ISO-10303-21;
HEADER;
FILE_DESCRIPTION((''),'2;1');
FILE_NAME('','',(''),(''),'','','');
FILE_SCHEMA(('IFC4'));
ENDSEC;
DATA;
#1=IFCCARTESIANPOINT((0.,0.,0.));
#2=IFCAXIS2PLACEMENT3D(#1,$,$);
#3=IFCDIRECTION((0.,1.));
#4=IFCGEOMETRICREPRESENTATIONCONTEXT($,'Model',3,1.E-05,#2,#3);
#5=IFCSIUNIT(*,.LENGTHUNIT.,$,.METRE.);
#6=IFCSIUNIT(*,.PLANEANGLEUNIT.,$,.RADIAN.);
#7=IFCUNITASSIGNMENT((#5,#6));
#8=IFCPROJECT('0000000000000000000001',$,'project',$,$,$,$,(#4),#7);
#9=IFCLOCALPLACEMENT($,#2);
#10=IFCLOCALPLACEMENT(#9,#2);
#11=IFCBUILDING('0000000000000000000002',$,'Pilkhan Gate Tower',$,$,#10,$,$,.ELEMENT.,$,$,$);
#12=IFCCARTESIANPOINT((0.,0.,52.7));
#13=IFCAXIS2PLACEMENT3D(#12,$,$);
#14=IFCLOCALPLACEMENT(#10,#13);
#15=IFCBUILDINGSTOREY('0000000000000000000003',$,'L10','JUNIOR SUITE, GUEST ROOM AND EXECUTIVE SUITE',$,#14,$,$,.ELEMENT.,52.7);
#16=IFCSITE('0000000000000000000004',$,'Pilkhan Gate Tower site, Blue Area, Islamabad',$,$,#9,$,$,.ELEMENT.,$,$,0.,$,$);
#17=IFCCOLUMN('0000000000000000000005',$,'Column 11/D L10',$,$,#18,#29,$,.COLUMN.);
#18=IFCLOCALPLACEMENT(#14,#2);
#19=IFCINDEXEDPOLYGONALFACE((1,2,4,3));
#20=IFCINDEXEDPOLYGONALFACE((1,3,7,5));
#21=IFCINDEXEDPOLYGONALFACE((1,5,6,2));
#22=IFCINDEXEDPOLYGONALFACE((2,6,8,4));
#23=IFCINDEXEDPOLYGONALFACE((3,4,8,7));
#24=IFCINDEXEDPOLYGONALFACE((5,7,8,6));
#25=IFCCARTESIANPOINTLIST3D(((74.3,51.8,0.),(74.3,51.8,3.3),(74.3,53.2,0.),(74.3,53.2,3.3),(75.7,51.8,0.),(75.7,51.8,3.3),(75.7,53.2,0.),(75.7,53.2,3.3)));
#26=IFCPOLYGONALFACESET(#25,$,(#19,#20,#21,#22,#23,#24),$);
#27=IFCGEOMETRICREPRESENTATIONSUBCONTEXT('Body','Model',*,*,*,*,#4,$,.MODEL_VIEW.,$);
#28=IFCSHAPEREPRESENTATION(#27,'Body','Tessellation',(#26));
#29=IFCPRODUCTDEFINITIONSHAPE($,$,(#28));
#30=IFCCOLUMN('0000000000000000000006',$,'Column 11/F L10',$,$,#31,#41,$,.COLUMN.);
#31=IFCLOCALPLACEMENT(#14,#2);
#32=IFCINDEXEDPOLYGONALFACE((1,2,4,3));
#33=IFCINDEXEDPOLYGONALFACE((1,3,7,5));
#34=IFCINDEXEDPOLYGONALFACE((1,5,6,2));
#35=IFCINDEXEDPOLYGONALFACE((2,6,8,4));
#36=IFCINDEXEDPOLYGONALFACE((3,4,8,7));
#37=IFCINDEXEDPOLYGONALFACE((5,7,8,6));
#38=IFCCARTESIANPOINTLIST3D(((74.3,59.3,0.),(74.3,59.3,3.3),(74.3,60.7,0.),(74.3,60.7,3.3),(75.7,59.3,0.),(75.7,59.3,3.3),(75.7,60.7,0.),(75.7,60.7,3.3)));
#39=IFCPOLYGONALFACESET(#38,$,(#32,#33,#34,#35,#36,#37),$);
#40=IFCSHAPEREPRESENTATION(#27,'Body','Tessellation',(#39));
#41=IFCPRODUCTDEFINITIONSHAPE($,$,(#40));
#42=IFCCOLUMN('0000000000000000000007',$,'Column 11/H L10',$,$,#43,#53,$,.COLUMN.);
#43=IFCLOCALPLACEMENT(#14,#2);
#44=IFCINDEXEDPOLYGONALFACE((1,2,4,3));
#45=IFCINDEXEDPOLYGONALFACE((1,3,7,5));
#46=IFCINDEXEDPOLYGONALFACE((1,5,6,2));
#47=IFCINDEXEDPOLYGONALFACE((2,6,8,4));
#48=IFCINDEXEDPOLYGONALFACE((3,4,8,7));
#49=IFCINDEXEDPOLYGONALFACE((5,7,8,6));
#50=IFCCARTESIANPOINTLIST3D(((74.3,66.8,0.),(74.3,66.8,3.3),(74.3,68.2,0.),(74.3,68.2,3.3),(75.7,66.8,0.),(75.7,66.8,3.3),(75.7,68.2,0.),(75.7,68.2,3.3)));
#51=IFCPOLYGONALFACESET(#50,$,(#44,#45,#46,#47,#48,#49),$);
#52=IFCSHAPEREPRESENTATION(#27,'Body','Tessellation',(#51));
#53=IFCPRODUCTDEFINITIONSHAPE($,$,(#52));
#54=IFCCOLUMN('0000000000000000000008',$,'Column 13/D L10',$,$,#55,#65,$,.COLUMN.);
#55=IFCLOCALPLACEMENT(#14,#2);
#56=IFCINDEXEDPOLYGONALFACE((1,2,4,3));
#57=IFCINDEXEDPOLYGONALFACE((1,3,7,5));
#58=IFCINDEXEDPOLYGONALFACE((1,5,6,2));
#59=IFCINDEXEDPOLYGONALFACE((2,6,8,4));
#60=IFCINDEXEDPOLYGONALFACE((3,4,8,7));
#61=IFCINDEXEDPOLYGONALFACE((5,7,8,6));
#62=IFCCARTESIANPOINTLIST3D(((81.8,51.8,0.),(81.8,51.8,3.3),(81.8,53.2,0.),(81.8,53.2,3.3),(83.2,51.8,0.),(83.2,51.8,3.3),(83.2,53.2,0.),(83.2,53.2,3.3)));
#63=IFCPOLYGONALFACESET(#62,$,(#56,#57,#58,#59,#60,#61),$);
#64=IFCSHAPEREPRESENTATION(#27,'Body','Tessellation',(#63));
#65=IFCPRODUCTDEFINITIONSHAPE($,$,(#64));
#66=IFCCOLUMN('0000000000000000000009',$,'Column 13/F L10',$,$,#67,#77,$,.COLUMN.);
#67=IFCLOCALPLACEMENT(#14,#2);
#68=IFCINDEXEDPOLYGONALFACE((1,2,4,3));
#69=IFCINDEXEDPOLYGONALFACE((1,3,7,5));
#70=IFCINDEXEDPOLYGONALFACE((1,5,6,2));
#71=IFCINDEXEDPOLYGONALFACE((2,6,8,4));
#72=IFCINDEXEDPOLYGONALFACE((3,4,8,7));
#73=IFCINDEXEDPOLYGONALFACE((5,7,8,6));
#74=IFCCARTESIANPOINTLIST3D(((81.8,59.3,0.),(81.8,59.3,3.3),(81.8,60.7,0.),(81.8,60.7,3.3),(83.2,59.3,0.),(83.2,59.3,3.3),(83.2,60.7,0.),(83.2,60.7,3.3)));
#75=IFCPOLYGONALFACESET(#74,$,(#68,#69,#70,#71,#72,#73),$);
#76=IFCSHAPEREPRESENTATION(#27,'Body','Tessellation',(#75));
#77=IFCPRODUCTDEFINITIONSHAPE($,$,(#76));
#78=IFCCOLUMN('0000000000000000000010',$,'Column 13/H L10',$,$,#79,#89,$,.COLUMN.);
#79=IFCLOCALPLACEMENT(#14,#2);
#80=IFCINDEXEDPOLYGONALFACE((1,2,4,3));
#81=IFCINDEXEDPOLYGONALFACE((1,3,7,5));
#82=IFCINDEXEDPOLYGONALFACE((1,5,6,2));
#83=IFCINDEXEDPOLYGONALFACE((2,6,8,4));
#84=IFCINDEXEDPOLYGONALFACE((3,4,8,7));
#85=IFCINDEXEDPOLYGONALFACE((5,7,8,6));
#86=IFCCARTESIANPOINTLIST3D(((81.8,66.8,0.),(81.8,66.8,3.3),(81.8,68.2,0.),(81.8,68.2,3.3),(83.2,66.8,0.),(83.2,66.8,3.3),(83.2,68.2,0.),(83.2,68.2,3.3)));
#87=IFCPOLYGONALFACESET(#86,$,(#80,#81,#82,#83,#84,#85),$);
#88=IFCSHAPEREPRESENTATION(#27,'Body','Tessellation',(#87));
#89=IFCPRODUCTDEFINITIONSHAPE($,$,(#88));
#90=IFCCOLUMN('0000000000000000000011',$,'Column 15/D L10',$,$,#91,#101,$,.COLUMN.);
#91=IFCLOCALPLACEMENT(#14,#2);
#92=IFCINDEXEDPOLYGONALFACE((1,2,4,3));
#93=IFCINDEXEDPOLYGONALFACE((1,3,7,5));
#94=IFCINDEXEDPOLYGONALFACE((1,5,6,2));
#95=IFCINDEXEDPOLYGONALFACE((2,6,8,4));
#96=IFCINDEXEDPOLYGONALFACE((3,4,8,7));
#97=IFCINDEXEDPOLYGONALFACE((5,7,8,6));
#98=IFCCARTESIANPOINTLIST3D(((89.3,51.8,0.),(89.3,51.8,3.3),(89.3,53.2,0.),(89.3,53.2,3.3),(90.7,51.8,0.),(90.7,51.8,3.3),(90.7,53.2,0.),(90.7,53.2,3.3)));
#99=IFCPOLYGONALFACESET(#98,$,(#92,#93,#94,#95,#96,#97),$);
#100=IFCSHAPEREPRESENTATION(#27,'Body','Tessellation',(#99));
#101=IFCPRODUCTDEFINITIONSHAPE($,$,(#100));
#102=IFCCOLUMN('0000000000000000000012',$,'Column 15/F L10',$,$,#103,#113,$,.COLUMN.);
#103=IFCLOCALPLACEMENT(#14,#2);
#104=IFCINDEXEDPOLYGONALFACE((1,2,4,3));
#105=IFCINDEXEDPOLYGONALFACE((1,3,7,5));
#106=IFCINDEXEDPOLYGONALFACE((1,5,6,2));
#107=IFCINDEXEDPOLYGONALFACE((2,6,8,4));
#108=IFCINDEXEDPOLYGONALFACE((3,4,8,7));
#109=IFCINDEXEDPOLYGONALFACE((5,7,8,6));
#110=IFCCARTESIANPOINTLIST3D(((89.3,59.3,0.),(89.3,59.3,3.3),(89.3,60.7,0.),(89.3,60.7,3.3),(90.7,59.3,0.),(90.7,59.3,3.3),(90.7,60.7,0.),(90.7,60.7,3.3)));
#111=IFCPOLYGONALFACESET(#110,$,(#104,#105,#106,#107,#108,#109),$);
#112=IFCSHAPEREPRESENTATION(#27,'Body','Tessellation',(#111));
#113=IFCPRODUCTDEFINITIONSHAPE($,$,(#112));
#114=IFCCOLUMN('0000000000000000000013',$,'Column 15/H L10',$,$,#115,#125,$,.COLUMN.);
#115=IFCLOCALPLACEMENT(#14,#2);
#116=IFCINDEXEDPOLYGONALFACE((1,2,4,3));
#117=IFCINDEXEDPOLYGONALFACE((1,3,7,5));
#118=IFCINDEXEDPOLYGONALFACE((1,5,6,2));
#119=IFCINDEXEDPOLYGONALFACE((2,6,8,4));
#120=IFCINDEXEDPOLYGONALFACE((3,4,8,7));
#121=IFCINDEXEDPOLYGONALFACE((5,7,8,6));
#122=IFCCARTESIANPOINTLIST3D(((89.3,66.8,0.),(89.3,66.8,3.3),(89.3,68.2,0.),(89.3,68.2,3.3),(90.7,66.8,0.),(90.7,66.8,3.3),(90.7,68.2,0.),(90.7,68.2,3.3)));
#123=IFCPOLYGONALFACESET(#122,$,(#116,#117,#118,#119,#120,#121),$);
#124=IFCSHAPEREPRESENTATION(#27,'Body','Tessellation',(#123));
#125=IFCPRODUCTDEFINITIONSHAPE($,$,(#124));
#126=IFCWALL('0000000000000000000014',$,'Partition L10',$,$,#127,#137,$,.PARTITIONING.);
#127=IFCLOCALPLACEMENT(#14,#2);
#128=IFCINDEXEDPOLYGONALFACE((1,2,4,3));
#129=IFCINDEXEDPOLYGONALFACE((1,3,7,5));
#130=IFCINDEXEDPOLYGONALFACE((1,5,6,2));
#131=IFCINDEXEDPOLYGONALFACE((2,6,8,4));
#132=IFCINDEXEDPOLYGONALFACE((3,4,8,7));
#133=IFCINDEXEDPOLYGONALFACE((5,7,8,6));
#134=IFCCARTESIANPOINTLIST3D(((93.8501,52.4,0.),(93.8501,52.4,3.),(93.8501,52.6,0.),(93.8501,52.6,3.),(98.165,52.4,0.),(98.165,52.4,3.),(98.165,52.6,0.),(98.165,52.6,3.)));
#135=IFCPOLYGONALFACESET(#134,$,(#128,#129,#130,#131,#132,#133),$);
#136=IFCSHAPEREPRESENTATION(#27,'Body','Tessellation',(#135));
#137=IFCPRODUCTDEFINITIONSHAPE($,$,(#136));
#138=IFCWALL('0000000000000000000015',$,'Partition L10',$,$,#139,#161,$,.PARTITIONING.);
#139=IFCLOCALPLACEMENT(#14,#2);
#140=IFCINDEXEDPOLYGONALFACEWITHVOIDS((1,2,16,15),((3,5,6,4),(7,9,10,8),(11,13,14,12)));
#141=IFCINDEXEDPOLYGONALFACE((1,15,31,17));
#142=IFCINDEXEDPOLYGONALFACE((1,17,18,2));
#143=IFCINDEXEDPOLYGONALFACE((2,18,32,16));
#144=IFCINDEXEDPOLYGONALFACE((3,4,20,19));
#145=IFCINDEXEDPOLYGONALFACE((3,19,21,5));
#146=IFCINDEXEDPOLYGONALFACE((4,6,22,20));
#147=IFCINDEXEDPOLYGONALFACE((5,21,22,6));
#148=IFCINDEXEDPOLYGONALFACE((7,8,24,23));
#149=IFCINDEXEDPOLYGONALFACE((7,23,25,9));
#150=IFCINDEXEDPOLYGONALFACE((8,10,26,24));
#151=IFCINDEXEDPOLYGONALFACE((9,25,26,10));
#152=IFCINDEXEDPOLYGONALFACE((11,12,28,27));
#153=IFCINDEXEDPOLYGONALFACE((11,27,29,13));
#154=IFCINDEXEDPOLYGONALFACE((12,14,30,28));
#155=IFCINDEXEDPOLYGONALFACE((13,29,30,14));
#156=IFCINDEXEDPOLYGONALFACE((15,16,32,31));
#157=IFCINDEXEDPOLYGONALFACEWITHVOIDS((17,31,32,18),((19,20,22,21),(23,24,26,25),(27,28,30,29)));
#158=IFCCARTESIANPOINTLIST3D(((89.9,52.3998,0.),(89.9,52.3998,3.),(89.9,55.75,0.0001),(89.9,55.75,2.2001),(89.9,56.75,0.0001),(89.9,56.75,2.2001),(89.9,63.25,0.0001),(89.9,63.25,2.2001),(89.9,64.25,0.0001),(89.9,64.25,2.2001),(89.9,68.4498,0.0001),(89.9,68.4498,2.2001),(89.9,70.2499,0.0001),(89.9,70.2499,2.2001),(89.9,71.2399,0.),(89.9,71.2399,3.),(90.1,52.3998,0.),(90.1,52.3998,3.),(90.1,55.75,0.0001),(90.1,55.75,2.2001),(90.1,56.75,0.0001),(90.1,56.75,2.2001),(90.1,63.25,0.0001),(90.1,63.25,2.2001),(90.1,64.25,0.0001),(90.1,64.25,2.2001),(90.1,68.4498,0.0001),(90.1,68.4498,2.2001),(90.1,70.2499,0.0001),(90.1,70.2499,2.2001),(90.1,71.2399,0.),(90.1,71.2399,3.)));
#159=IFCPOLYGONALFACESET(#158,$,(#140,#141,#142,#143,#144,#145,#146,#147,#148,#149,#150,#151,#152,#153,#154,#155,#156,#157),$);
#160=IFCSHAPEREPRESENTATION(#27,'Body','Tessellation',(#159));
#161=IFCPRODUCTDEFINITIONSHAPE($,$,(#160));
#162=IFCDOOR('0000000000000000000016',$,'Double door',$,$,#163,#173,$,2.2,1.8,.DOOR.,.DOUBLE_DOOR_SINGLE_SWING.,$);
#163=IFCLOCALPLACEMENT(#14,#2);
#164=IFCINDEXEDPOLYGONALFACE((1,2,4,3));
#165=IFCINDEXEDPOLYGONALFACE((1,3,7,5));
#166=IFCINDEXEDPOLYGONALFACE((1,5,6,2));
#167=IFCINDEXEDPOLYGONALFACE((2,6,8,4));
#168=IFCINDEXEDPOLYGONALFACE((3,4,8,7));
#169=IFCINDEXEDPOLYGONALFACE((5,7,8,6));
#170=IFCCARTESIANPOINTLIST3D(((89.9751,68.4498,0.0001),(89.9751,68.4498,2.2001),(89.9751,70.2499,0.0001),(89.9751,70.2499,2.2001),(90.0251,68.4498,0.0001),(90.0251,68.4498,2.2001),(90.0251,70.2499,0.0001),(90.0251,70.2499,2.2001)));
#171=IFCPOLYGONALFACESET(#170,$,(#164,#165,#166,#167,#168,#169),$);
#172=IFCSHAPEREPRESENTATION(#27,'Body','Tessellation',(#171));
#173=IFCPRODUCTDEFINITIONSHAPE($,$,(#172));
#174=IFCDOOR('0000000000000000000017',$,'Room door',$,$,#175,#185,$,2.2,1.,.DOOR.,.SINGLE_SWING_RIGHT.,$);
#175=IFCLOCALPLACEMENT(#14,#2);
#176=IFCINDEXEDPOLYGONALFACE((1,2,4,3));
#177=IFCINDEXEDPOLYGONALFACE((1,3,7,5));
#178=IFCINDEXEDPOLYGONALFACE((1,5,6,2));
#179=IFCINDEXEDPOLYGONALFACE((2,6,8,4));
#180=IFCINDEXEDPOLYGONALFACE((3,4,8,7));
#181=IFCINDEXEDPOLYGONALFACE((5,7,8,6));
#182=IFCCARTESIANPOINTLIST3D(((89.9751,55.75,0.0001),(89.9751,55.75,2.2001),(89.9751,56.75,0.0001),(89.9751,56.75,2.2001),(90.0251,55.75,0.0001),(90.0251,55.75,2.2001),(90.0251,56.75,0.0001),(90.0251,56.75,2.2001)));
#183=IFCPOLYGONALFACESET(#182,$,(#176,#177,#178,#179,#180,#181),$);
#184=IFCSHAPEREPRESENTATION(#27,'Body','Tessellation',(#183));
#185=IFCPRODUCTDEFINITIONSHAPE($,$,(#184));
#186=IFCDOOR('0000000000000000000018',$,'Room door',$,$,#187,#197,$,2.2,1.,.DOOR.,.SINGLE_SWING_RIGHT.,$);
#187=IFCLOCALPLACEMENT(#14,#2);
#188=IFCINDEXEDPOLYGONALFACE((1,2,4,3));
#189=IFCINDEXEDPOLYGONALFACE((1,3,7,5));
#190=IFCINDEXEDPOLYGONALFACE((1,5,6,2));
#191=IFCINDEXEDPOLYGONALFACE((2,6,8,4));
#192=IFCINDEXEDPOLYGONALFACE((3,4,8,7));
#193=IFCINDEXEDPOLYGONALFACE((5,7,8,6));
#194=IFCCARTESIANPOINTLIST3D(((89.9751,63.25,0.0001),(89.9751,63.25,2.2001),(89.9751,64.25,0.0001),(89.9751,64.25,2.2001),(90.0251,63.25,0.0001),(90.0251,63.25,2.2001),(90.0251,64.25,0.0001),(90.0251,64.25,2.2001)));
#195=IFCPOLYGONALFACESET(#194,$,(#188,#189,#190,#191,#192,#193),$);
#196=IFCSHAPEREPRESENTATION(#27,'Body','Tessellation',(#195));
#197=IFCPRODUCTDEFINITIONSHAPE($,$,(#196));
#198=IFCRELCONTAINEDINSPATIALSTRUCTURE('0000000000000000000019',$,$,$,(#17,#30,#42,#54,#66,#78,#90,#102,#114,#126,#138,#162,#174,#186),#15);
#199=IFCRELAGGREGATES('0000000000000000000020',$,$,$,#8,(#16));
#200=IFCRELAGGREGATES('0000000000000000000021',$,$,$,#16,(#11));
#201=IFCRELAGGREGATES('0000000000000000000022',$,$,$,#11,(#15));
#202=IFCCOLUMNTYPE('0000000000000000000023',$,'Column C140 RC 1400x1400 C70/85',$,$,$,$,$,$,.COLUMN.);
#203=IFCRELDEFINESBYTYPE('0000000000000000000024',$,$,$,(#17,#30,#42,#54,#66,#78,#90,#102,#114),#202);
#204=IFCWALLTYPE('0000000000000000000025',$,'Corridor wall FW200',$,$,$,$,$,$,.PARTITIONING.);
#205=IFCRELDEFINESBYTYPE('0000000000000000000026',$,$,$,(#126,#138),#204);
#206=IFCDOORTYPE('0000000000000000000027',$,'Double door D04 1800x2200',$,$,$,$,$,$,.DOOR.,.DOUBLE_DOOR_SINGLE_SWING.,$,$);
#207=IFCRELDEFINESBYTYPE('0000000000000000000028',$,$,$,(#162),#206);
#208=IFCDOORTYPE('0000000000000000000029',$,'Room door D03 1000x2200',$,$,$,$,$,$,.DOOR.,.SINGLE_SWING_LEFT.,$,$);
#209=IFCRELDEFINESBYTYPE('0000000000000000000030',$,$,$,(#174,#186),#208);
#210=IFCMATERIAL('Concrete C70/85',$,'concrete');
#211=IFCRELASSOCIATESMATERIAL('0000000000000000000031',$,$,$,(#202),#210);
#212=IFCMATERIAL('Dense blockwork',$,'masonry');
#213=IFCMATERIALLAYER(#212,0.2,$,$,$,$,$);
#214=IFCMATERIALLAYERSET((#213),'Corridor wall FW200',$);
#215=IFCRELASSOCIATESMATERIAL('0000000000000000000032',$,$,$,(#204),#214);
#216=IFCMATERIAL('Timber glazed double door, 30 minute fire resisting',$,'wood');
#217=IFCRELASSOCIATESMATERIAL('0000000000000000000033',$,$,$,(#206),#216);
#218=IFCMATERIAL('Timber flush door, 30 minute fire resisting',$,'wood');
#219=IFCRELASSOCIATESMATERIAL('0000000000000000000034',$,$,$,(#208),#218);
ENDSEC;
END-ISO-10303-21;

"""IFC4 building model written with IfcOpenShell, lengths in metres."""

from ifc_helpers import new_model, si_unit, direction, frame, frame_2d, origin, origin_2d, place, context, subcontext, project, spatial, rectangle, extrude, material, layer, layer_set, material_profile, profile_set, type_object, element, fill, save


model = new_model("IFC4")

# Units and contexts
model_context = context("Model", 3, precision=1e-05, world=origin(), true_north=direction((0.0, 1.0)))
body_context = subcontext(model_context, "Body", "Model", "MODEL_VIEW")
ifc_project = project(units=[si_unit("LENGTHUNIT", "METRE"), si_unit("PLANEANGLEUNIT", "RADIAN")], contexts=[model_context])

# Site, building, storey
site_placement = place(None, origin())
site = spatial("IfcSite", under=ifc_project, at=site_placement, Name="Pilkhan Gate Tower site, Blue Area, Islamabad", CompositionType="ELEMENT", RefElevation=0.0)
building_placement = place(site_placement, origin())
building = spatial("IfcBuilding", under=site, at=building_placement, Name="Pilkhan Gate Tower", CompositionType="ELEMENT")
storey_placement = place(building_placement, frame((0.0, 0.0, 52.7)))
storey = spatial("IfcBuildingStorey", under=building, at=storey_placement, Name="L10", Description="JUNIOR SUITE, GUEST ROOM AND EXECUTIVE SUITE", CompositionType="ELEMENT", Elevation=52.7)

# Columns
ifc_material_1 = material(Name="Concrete C70/85", Category="concrete")
ifc_material_profile = material_profile(ifc_material_1, rectangle(XDim=1.3999, YDim=1.3999, at=origin_2d()), Name="RC 1400x1400")
ifc_profile_set = profile_set([ifc_material_profile], Name="Concrete C70/85")
column_type = type_object("IfcColumnType", Name="Column C140 RC 1400x1400 C70/85", PredefinedType="COLUMN", material=ifc_profile_set)
for number, where, z_axis, x_axis, name in (
    (1, (75.0, 52.5, 0.0), (0.0, 0.0, 1.0), (1.0, 0.0, 0.0), "Column 11/D L10"),
    (2, (75.0, 60.0, 0.0), (0.0, 0.0, 1.0), (1.0, 0.0, 0.0), "Column 11/F L10"),
    (3, (75.0, 67.5, 0.0), (0.0, 0.0, 1.0), (1.0, 0.0, 0.0), "Column 11/H L10"),
    (4, (82.5, 52.5, 0.0), (0.0, 0.0, 1.0), (1.0, 0.0, 0.0), "Column 13/D L10"),
    (5, (82.5, 60.0, 0.0), (0.0, 0.0, 1.0), (1.0, 0.0, 0.0), "Column 13/F L10"),
    (6, (82.5, 67.5, 0.0), (0.0, 0.0, 1.0), (1.0, 0.0, 0.0), "Column 13/H L10"),
    (7, (90.0, 52.5, 0.0), (0.0, 0.0, 1.0), (1.0, 0.0, 0.0), "Column 15/D L10"),
    (8, (90.0, 60.0, 0.0), (0.0, 0.0, 1.0), (1.0, 0.0, 0.0), "Column 15/F L10"),
    (9, (90.0, 67.5, 0.0), (0.0, 0.0, 1.0), (1.0, 0.0, 0.0), "Column 15/H L10"),
):
    element("IfcColumn", number, at=place(storey_placement, frame(where, z_axis=z_axis, x_axis=x_axis)), inside=storey, type_object=column_type, Name=name, PredefinedType="COLUMN", context=body_context, shape_type="SweptSolid", body=[
        extrude(rectangle(XDim=1.3999, YDim=1.3999, at=origin_2d()), origin(), (0.0, 0.0, 1.0), 3.3),
    ])

# Wall
ifc_material_2 = material(Name="Dense blockwork", Category="masonry")
ifc_layer_1 = layer(ifc_material_2, 0.2)
ifc_layer_set_1 = layer_set([ifc_layer_1], Name="Corridor wall FW200")
wall_type_1 = type_object("IfcWallType", Name="Corridor wall FW200", PredefinedType="PARTITIONING", material=ifc_layer_set_1)
wall_1_placement = place(storey_placement, frame((93.8501, 52.5, 0.0), z_axis=(0.0, 0.0, 1.0), x_axis=(1.0, 0.0, 0.0)))
element("IfcWall", 10, at=wall_1_placement, inside=storey, type_object=wall_type_1, Name="Partition L10", PredefinedType="PARTITIONING", context=body_context, shape_type="SweptSolid", body=[
    extrude(rectangle(XDim=4.3149, YDim=0.2, at=frame_2d((2.1575, 0.0))), origin(), (0.0, 0.0, 1.0), 3.0),
])

# Wall, openings, doors
wall_2_placement = place(storey_placement, frame((90.0, 52.3999, 0.0), z_axis=(0.0, 0.0, 1.0), x_axis=(0.0, 1.0, 0.0)))
wall_2 = element("IfcWall", 11, at=wall_2_placement, inside=storey, type_object=wall_type_1, Name="Partition L10", PredefinedType="PARTITIONING", context=body_context, shape_type="SweptSolid", body=[
    extrude(rectangle(XDim=18.8401, YDim=0.2, at=frame_2d((9.4199, 0.0))), origin(), (0.0, 0.0, 1.0), 3.0),
])
opening_1_placement = place(wall_2_placement, frame((3.3501, 0.0, 0.0)))
opening_1 = element("IfcOpeningElement", 12, at=opening_1_placement, cuts=wall_2, PredefinedType="OPENING", context=body_context, shape_type="SweptSolid", body=[
    extrude(rectangle(XDim=1.0, YDim=2.2, at=frame_2d((0.5, 1.1001))), frame((0.0, 0.1099, 0.0), z_axis=(0.0, -1.0, 0.0), x_axis=(1.0, 0.0, 0.0)), (0.0, 0.0, 1.0), 0.22),
])
opening_2_placement = place(wall_2_placement, frame((10.8501, 0.0, 0.0)))
opening_2 = element("IfcOpeningElement", 13, at=opening_2_placement, cuts=wall_2, PredefinedType="OPENING", context=body_context, shape_type="SweptSolid", body=[
    extrude(rectangle(XDim=1.0, YDim=2.2, at=frame_2d((0.5, 1.1001))), frame((0.0, 0.1099, 0.0), z_axis=(0.0, -1.0, 0.0), x_axis=(1.0, 0.0, 0.0)), (0.0, 0.0, 1.0), 0.22),
])
opening_3_placement = place(wall_2_placement, frame((16.05, 0.0, 0.0)))
opening_3 = element("IfcOpeningElement", 14, at=opening_3_placement, cuts=wall_2, PredefinedType="OPENING", context=body_context, shape_type="SweptSolid", body=[
    extrude(rectangle(XDim=1.8, YDim=2.2, at=frame_2d((0.8999, 1.1001))), frame((0.0, 0.1099, 0.0), z_axis=(0.0, -1.0, 0.0), x_axis=(1.0, 0.0, 0.0)), (0.0, 0.0, 1.0), 0.22),
])
ifc_material_3 = material(Name="Timber glazed double door, 30 minute fire resisting", Category="wood")
door_type_1 = type_object("IfcDoorType", Name="Double door D04 1800x2200", OperationType="DOUBLE_DOOR_SINGLE_SWING", PredefinedType="DOOR", material=ifc_material_3)
door_1_placement = place(opening_3_placement, origin())
door_1 = element("IfcDoor", 15, at=door_1_placement, inside=storey, type_object=door_type_1, Name="Double door", OperationType="DOUBLE_DOOR_SINGLE_SWING", OverallHeight=2.2, OverallWidth=1.8, PredefinedType="DOOR", context=body_context, shape_type="SweptSolid", body=[
    extrude(rectangle(XDim=1.8, YDim=2.2, at=frame_2d((0.8999, 1.1001))), frame((0.0, 0.0249, 0.0), z_axis=(0.0, -1.0, 0.0), x_axis=(1.0, 0.0, 0.0)), (0.0, 0.0, 1.0), 0.05),
])
fill(opening_3, door_1)
ifc_material_4 = material(Name="Timber flush door, 30 minute fire resisting", Category="wood")
door_type_2 = type_object("IfcDoorType", Name="Room door D03 1000x2200", OperationType="SINGLE_SWING_LEFT", PredefinedType="DOOR", material=ifc_material_4)
door_2_placement = place(opening_1_placement, origin())
door_2 = element("IfcDoor", 16, at=door_2_placement, inside=storey, type_object=door_type_2, Name="Room door", OperationType="SINGLE_SWING_RIGHT", OverallHeight=2.2, OverallWidth=1.0, PredefinedType="DOOR", context=body_context, shape_type="SweptSolid", body=[
    extrude(rectangle(XDim=1.0, YDim=2.2, at=frame_2d((0.5, 1.1001))), frame((0.0, 0.0249, 0.0), z_axis=(0.0, -1.0, 0.0), x_axis=(1.0, 0.0, 0.0)), (0.0, 0.0, 1.0), 0.05),
])
fill(opening_1, door_2)
door_3_placement = place(opening_2_placement, origin())
door_3 = element("IfcDoor", 17, at=door_3_placement, inside=storey, type_object=door_type_2, Name="Room door", OperationType="SINGLE_SWING_RIGHT", OverallHeight=2.2, OverallWidth=1.0, PredefinedType="DOOR", context=body_context, shape_type="SweptSolid", body=[
    extrude(rectangle(XDim=1.0, YDim=2.2, at=frame_2d((0.5, 1.1001))), frame((0.0, 0.0249, 0.0), z_axis=(0.0, -1.0, 0.0), x_axis=(1.0, 0.0, 0.0)), (0.0, 0.0, 1.0), 0.05),
])
fill(opening_2, door_3)

save(model, "model.ifc")
